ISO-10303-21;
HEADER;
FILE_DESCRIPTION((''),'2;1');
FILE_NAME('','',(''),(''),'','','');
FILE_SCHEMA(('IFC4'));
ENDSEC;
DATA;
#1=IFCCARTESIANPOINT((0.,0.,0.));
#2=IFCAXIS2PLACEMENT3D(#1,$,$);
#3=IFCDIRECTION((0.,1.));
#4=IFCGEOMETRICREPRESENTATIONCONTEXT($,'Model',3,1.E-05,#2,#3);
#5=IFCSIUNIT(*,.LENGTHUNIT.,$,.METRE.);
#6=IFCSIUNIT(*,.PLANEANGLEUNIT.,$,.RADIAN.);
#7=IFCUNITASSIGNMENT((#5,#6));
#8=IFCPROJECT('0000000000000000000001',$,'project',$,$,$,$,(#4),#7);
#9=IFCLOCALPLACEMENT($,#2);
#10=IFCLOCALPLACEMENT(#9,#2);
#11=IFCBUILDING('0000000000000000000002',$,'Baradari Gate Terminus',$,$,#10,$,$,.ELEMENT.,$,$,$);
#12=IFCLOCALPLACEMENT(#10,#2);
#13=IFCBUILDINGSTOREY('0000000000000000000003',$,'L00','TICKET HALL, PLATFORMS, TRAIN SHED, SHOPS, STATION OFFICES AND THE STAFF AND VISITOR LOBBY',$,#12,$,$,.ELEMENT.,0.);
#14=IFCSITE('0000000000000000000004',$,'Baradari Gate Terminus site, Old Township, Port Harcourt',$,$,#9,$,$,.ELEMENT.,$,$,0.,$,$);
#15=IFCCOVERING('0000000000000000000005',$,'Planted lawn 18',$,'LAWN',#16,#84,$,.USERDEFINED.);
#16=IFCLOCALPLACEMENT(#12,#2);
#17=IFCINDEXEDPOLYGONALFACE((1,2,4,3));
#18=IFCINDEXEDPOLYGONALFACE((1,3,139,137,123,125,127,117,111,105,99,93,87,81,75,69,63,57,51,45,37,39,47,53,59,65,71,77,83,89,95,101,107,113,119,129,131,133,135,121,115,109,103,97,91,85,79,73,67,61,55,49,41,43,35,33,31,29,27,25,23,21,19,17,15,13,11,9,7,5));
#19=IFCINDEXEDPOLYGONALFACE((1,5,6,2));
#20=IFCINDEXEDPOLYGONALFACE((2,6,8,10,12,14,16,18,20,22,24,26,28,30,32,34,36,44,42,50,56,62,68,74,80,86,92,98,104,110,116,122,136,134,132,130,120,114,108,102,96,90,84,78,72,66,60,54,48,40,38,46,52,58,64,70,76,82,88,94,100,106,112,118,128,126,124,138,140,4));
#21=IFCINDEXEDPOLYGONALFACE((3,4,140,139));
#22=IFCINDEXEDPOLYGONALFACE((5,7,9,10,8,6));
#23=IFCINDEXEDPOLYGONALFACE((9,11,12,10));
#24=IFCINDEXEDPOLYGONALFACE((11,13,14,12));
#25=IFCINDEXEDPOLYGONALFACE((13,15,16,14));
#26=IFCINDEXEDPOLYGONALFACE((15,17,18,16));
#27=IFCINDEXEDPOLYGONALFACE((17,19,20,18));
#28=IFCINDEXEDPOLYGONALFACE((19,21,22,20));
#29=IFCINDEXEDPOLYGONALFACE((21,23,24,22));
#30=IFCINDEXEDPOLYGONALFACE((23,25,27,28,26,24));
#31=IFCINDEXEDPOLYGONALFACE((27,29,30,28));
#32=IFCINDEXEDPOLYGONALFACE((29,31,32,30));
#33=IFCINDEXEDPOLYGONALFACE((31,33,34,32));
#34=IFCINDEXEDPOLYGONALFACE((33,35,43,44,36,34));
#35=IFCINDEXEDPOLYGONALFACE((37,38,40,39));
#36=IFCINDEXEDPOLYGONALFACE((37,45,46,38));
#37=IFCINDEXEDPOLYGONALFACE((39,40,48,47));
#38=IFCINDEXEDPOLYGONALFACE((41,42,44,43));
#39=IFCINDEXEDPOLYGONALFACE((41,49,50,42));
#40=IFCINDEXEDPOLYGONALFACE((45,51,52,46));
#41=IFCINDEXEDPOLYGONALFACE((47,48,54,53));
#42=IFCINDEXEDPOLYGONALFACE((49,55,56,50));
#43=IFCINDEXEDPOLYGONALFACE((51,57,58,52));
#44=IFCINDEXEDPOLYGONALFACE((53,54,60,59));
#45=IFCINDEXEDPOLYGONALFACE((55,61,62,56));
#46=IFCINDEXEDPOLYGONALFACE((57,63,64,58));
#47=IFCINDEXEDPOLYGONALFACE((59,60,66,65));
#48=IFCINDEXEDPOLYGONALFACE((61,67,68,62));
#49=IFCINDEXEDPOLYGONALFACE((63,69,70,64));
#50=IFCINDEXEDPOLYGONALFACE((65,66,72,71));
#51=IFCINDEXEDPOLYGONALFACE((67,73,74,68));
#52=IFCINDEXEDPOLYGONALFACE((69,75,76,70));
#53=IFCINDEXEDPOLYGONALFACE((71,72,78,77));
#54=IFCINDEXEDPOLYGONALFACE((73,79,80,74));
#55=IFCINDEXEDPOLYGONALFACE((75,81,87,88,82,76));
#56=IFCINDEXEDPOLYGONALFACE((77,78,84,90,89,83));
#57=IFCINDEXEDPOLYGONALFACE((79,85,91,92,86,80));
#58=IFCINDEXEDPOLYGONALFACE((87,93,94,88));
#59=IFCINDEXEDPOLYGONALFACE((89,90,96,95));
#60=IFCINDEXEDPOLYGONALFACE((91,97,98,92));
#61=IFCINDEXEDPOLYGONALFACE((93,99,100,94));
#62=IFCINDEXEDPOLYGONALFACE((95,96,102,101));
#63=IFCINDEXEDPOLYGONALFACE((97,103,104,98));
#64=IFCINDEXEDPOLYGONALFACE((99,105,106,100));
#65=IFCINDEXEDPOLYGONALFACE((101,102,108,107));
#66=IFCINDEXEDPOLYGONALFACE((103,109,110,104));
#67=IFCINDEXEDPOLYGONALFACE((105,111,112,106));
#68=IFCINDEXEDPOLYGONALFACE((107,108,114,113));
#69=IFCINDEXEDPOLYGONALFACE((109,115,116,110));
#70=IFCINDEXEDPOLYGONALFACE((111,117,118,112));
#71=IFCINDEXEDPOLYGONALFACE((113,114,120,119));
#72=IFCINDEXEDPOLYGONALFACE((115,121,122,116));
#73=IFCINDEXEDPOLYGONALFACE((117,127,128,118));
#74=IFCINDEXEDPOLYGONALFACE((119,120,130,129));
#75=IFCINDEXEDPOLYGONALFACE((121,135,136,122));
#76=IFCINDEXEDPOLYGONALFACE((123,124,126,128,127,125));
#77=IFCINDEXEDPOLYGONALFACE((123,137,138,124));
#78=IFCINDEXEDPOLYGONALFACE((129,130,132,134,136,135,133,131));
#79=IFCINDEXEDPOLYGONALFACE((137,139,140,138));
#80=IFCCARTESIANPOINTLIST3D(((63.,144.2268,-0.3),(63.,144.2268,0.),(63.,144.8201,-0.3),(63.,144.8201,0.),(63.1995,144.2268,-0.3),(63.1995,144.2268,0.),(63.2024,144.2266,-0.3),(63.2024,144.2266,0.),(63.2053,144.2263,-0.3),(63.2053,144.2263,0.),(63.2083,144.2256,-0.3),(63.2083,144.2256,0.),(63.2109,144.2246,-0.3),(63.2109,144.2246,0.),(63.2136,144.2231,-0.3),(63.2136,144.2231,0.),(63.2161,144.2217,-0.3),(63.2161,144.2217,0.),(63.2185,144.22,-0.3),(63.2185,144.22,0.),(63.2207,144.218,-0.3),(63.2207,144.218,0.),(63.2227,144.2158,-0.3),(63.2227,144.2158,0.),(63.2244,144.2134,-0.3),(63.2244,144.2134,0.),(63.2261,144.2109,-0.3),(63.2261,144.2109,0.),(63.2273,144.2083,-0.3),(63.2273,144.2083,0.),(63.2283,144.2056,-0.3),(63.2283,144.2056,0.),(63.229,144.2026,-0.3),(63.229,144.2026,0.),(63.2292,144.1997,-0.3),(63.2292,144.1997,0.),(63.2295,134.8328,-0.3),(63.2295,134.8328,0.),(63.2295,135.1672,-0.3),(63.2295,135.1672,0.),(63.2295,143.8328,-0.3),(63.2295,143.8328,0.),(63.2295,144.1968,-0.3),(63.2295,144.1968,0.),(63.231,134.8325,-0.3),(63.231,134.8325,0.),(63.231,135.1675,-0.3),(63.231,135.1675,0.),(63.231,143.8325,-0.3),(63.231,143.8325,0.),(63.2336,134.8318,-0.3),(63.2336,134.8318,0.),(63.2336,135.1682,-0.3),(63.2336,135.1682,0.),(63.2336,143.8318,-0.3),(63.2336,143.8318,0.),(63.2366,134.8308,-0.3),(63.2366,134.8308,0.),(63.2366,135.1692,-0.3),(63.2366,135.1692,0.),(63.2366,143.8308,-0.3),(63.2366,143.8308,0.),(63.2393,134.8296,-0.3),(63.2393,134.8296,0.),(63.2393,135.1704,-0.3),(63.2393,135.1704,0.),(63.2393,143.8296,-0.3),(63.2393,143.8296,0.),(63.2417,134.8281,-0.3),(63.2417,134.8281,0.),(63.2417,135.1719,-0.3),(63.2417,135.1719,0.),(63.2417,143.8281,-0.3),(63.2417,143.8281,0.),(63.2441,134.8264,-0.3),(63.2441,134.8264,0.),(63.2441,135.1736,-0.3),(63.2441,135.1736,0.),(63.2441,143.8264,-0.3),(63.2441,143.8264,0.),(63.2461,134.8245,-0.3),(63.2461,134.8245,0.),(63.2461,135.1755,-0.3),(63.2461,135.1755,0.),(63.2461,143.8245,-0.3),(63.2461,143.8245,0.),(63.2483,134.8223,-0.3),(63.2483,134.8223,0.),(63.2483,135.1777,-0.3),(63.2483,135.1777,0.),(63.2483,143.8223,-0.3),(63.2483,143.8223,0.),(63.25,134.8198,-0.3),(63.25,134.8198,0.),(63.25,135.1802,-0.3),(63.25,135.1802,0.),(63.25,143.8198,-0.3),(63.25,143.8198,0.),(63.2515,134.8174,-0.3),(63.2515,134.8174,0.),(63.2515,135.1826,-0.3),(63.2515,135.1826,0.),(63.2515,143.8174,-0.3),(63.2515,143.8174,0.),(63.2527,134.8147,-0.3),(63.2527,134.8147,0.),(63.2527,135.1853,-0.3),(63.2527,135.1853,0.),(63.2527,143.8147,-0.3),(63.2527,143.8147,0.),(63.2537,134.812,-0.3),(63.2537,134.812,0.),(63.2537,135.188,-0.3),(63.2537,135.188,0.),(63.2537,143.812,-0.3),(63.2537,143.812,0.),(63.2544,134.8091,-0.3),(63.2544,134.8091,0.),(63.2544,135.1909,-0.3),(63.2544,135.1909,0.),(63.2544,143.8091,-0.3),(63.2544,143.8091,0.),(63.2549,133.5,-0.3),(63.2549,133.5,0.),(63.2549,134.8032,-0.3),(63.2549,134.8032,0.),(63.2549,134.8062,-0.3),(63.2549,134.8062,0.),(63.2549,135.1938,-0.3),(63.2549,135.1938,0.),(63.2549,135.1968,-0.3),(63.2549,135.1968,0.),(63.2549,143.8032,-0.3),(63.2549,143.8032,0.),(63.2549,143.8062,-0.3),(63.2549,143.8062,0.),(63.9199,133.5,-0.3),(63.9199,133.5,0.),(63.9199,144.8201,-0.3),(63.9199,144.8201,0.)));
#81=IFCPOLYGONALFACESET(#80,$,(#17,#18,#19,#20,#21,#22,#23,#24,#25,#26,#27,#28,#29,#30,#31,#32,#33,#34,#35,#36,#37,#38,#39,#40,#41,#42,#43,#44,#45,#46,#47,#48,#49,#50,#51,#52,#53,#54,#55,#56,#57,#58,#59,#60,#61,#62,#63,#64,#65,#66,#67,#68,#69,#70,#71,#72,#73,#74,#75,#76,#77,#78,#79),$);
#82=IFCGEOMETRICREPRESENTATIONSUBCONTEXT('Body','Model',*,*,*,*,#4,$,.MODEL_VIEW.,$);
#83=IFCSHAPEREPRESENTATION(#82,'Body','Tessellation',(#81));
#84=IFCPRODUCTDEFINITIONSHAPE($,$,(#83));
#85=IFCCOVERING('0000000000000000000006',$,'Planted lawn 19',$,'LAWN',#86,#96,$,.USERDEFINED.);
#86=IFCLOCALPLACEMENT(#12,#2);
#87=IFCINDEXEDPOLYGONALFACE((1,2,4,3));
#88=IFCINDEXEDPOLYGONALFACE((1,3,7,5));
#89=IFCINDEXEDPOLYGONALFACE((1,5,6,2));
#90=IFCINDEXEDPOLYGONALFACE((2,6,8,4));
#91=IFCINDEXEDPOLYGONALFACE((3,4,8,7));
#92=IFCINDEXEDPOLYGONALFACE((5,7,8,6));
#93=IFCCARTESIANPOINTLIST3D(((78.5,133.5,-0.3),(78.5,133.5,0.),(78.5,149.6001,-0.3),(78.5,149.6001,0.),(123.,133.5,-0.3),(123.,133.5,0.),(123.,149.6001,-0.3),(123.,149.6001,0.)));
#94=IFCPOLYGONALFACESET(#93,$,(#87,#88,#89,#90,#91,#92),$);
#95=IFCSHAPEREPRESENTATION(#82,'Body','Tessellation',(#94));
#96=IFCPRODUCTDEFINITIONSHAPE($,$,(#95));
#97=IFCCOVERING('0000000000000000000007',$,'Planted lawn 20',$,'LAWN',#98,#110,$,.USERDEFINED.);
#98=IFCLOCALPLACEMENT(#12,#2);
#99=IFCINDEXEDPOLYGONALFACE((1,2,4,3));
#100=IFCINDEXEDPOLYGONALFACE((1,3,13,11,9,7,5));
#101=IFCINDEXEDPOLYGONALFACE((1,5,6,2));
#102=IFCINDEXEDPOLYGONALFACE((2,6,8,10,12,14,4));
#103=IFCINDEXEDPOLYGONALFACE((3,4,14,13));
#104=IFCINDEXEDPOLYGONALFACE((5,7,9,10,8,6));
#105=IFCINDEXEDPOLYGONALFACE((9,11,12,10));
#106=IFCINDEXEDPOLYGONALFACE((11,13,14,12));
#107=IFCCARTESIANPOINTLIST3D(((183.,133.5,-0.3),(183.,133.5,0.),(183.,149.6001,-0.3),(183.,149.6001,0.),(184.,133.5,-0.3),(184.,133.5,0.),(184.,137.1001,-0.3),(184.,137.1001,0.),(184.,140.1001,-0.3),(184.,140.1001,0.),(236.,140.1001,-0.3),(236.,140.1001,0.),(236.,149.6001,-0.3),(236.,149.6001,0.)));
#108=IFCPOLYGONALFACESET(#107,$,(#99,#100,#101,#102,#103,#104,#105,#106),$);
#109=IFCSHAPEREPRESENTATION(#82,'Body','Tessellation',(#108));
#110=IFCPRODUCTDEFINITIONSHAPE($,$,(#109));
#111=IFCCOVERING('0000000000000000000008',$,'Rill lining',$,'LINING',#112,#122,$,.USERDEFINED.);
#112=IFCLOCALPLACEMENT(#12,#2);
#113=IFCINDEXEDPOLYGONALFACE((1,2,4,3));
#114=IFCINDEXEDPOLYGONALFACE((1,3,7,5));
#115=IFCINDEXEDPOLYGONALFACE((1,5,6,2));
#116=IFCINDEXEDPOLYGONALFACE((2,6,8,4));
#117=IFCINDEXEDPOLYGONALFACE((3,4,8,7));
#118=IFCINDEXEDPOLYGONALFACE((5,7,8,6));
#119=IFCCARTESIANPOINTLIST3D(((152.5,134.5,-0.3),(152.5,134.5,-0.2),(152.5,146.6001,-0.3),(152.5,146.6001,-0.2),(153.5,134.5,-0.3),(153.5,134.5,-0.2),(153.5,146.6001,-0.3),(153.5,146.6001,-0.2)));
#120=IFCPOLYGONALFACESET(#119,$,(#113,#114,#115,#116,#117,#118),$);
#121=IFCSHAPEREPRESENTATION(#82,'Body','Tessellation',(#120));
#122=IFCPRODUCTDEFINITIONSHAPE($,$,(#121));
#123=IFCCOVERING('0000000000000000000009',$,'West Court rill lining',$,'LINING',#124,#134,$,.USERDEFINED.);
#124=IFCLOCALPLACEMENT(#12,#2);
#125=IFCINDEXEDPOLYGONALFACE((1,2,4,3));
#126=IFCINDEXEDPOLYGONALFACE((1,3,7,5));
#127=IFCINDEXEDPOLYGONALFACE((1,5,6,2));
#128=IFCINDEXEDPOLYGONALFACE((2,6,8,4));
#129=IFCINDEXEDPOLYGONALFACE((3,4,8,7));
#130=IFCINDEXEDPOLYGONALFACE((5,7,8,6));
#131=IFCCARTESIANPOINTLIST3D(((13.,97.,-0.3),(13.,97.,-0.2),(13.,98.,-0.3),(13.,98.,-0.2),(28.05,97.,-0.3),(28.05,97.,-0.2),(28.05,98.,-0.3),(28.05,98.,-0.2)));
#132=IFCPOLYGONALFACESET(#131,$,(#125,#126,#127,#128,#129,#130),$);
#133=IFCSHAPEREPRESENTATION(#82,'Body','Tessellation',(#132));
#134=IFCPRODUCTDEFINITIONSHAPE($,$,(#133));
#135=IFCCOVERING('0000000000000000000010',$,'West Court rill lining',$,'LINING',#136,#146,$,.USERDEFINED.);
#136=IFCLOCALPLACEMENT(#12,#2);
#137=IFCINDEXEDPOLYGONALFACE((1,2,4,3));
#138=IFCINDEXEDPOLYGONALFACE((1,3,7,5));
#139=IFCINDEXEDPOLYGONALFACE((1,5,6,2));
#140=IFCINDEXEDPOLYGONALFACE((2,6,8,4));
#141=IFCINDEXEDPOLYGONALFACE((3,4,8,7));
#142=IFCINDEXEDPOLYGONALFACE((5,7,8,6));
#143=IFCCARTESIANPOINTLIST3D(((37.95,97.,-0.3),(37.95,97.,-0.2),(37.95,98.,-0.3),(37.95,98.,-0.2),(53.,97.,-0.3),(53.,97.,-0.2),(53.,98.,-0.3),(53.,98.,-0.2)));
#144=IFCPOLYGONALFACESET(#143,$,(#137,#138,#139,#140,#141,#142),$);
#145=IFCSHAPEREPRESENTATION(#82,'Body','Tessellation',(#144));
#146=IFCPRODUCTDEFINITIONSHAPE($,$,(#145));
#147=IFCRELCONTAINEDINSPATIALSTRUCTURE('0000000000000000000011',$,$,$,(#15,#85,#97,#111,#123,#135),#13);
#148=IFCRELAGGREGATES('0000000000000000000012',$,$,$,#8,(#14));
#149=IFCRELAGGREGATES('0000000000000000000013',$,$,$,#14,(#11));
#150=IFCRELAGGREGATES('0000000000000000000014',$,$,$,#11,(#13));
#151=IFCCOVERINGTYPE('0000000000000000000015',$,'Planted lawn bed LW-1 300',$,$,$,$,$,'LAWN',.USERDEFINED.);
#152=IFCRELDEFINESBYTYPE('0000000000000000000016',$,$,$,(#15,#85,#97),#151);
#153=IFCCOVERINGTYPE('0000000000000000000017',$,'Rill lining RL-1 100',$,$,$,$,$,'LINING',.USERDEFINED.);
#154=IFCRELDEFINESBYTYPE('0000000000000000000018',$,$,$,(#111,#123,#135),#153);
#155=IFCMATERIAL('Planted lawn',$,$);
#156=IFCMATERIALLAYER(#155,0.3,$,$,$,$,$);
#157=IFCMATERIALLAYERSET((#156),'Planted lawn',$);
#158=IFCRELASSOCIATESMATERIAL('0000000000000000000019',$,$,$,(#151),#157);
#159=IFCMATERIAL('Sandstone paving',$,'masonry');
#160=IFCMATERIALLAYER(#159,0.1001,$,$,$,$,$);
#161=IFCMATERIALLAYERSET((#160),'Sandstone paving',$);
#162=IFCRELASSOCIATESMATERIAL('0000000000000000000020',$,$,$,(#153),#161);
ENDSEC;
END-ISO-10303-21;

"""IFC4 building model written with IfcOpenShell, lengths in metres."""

from ifc_helpers import new_model, si_unit, direction, frame, origin, place, context, subcontext, project, spatial, polyline, outline, extrude, material, layer, layer_set, type_object, element, save


model = new_model("IFC4")

# Units and contexts
model_context = context("Model", 3, precision=1e-05, world=origin(), true_north=direction((0.0, 1.0)))
body_context = subcontext(model_context, "Body", "Model", "MODEL_VIEW")
ifc_project = project(units=[si_unit("LENGTHUNIT", "METRE"), si_unit("PLANEANGLEUNIT", "RADIAN")], contexts=[model_context])

# Site, building, storey
site_placement = place(None, origin())
site = spatial("IfcSite", under=ifc_project, at=site_placement, Name="Baradari Gate Terminus site, Old Township, Port Harcourt", CompositionType="ELEMENT", RefElevation=0.0)
building_placement = place(site_placement, origin())
building = spatial("IfcBuilding", under=site, at=building_placement, Name="Baradari Gate Terminus", CompositionType="ELEMENT")
storey_placement = place(building_placement, origin())
storey = spatial("IfcBuildingStorey", under=building, at=storey_placement, Name="L00", Description="TICKET HALL, PLATFORMS, TRAIN SHED, SHOPS, STATION OFFICES AND THE STAFF AND VISITOR LOBBY", CompositionType="ELEMENT", Elevation=0.0)

# Coverings
ifc_material_1 = material(Name="Planted lawn")
ifc_layer_1 = layer(ifc_material_1, 0.3)
ifc_layer_set_1 = layer_set([ifc_layer_1], Name="Planted lawn")
covering_type_1 = type_object("IfcCoveringType", Name="Planted lawn bed LW-1 300", ElementType="LAWN", PredefinedType="USERDEFINED", material=ifc_layer_set_1)
covering_1_placement = place(storey_placement, frame((0.0, 0.0, -0.3)))
element("IfcCovering", 1, at=covering_1_placement, inside=storey, type_object=covering_type_1, Name="Planted lawn 18", ObjectType="LAWN", PredefinedType="USERDEFINED", context=body_context, shape_type="SweptSolid", body=[
    extrude(outline(polyline([(63.9199, 144.8201), (63.0, 144.8201), (63.0, 144.2268), (63.1995, 144.2268), (63.2024, 144.2266), (63.2053, 144.2263), (63.2083, 144.2256), (63.2109, 144.2246), (63.2136, 144.2231), (63.2161, 144.2217), (63.2185, 144.22), (63.2207, 144.218), (63.2227, 144.2158), (63.2244, 144.2134), (63.2261, 144.2109), (63.2273, 144.2083), (63.2283, 144.2056), (63.229, 144.2026), (63.2292, 144.1997), (63.2295, 144.1968), (63.2295, 143.8328), (63.231, 143.8325), (63.2336, 143.8318), (63.2366, 143.8308), (63.2393, 143.8296), (63.2417, 143.8281), (63.2441, 143.8264), (63.2461, 143.8245), (63.2483, 143.8223), (63.25, 143.8198), (63.2515, 143.8174), (63.2527, 143.8147), (63.2537, 143.812), (63.2544, 143.8091), (63.2549, 143.8062), (63.2549, 143.8032), (63.2549, 135.1968), (63.2549, 135.1938), (63.2544, 135.1909), (63.2537, 135.188), (63.2527, 135.1853), (63.2515, 135.1826), (63.25, 135.1802), (63.2483, 135.1777), (63.2461, 135.1755), (63.2441, 135.1736), (63.2417, 135.1719), (63.2393, 135.1704), (63.2366, 135.1692), (63.2336, 135.1682), (63.231, 135.1675), (63.2295, 135.1672), (63.2295, 134.8328), (63.231, 134.8325), (63.2336, 134.8318), (63.2366, 134.8308), (63.2393, 134.8296), (63.2417, 134.8281), (63.2441, 134.8264), (63.2461, 134.8245), (63.2483, 134.8223), (63.25, 134.8198), (63.2515, 134.8174), (63.2527, 134.8147), (63.2537, 134.812), (63.2544, 134.8091), (63.2549, 134.8062), (63.2549, 134.8032), (63.2549, 133.5), (63.9199, 133.5), (63.9199, 144.8201)])), origin(), (0.0, 0.0, 1.0), 0.3),
])
covering_2_placement = place(storey_placement, frame((0.0, 0.0, -0.3)))
element("IfcCovering", 2, at=covering_2_placement, inside=storey, type_object=covering_type_1, Name="Planted lawn 19", ObjectType="LAWN", PredefinedType="USERDEFINED", context=body_context, shape_type="SweptSolid", body=[
    extrude(outline(polyline([(123.0, 149.6001), (78.5, 149.6001), (78.5, 133.5), (123.0, 133.5), (123.0, 149.6001)])), origin(), (0.0, 0.0, 1.0), 0.3),
])
covering_3_placement = place(storey_placement, frame((0.0, 0.0, -0.3)))
element("IfcCovering", 3, at=covering_3_placement, inside=storey, type_object=covering_type_1, Name="Planted lawn 20", ObjectType="LAWN", PredefinedType="USERDEFINED", context=body_context, shape_type="SweptSolid", body=[
    extrude(outline(polyline([(236.0, 149.6001), (183.0, 149.6001), (183.0, 133.5), (184.0, 133.5), (184.0, 137.1001), (184.0, 140.1001), (236.0, 140.1001), (236.0, 149.6001)])), origin(), (0.0, 0.0, 1.0), 0.3),
])
ifc_material_2 = material(Name="Sandstone paving", Category="masonry")
ifc_layer_2 = layer(ifc_material_2, 0.1001)
ifc_layer_set_2 = layer_set([ifc_layer_2], Name="Sandstone paving")
covering_type_2 = type_object("IfcCoveringType", Name="Rill lining RL-1 100", ElementType="LINING", PredefinedType="USERDEFINED", material=ifc_layer_set_2)
covering_4_placement = place(storey_placement, frame((0.0, 0.0, -0.3)))
element("IfcCovering", 4, at=covering_4_placement, inside=storey, type_object=covering_type_2, Name="Rill lining", ObjectType="LINING", PredefinedType="USERDEFINED", context=body_context, shape_type="SweptSolid", body=[
    extrude(outline(polyline([(153.5, 134.5), (153.5, 146.6001), (152.5, 146.6001), (152.5, 134.5), (153.5, 134.5)])), origin(), (0.0, 0.0, 1.0), 0.1001),
])
covering_5_placement = place(storey_placement, frame((0.0, 0.0, -0.3)))
element("IfcCovering", 5, at=covering_5_placement, inside=storey, type_object=covering_type_2, Name="West Court rill lining", ObjectType="LINING", PredefinedType="USERDEFINED", context=body_context, shape_type="SweptSolid", body=[
    extrude(outline(polyline([(13.0, 97.0), (28.05, 97.0), (28.05, 98.0), (13.0, 98.0), (13.0, 97.0)])), origin(), (0.0, 0.0, 1.0), 0.1001),
])
covering_6_placement = place(storey_placement, frame((0.0, 0.0, -0.3)))
element("IfcCovering", 6, at=covering_6_placement, inside=storey, type_object=covering_type_2, Name="West Court rill lining", ObjectType="LINING", PredefinedType="USERDEFINED", context=body_context, shape_type="SweptSolid", body=[
    extrude(outline(polyline([(53.0, 98.0), (37.95, 98.0), (37.95, 97.0), (53.0, 97.0), (53.0, 98.0)])), origin(), (0.0, 0.0, 1.0), 0.1001),
])

save(model, "model.ifc")
